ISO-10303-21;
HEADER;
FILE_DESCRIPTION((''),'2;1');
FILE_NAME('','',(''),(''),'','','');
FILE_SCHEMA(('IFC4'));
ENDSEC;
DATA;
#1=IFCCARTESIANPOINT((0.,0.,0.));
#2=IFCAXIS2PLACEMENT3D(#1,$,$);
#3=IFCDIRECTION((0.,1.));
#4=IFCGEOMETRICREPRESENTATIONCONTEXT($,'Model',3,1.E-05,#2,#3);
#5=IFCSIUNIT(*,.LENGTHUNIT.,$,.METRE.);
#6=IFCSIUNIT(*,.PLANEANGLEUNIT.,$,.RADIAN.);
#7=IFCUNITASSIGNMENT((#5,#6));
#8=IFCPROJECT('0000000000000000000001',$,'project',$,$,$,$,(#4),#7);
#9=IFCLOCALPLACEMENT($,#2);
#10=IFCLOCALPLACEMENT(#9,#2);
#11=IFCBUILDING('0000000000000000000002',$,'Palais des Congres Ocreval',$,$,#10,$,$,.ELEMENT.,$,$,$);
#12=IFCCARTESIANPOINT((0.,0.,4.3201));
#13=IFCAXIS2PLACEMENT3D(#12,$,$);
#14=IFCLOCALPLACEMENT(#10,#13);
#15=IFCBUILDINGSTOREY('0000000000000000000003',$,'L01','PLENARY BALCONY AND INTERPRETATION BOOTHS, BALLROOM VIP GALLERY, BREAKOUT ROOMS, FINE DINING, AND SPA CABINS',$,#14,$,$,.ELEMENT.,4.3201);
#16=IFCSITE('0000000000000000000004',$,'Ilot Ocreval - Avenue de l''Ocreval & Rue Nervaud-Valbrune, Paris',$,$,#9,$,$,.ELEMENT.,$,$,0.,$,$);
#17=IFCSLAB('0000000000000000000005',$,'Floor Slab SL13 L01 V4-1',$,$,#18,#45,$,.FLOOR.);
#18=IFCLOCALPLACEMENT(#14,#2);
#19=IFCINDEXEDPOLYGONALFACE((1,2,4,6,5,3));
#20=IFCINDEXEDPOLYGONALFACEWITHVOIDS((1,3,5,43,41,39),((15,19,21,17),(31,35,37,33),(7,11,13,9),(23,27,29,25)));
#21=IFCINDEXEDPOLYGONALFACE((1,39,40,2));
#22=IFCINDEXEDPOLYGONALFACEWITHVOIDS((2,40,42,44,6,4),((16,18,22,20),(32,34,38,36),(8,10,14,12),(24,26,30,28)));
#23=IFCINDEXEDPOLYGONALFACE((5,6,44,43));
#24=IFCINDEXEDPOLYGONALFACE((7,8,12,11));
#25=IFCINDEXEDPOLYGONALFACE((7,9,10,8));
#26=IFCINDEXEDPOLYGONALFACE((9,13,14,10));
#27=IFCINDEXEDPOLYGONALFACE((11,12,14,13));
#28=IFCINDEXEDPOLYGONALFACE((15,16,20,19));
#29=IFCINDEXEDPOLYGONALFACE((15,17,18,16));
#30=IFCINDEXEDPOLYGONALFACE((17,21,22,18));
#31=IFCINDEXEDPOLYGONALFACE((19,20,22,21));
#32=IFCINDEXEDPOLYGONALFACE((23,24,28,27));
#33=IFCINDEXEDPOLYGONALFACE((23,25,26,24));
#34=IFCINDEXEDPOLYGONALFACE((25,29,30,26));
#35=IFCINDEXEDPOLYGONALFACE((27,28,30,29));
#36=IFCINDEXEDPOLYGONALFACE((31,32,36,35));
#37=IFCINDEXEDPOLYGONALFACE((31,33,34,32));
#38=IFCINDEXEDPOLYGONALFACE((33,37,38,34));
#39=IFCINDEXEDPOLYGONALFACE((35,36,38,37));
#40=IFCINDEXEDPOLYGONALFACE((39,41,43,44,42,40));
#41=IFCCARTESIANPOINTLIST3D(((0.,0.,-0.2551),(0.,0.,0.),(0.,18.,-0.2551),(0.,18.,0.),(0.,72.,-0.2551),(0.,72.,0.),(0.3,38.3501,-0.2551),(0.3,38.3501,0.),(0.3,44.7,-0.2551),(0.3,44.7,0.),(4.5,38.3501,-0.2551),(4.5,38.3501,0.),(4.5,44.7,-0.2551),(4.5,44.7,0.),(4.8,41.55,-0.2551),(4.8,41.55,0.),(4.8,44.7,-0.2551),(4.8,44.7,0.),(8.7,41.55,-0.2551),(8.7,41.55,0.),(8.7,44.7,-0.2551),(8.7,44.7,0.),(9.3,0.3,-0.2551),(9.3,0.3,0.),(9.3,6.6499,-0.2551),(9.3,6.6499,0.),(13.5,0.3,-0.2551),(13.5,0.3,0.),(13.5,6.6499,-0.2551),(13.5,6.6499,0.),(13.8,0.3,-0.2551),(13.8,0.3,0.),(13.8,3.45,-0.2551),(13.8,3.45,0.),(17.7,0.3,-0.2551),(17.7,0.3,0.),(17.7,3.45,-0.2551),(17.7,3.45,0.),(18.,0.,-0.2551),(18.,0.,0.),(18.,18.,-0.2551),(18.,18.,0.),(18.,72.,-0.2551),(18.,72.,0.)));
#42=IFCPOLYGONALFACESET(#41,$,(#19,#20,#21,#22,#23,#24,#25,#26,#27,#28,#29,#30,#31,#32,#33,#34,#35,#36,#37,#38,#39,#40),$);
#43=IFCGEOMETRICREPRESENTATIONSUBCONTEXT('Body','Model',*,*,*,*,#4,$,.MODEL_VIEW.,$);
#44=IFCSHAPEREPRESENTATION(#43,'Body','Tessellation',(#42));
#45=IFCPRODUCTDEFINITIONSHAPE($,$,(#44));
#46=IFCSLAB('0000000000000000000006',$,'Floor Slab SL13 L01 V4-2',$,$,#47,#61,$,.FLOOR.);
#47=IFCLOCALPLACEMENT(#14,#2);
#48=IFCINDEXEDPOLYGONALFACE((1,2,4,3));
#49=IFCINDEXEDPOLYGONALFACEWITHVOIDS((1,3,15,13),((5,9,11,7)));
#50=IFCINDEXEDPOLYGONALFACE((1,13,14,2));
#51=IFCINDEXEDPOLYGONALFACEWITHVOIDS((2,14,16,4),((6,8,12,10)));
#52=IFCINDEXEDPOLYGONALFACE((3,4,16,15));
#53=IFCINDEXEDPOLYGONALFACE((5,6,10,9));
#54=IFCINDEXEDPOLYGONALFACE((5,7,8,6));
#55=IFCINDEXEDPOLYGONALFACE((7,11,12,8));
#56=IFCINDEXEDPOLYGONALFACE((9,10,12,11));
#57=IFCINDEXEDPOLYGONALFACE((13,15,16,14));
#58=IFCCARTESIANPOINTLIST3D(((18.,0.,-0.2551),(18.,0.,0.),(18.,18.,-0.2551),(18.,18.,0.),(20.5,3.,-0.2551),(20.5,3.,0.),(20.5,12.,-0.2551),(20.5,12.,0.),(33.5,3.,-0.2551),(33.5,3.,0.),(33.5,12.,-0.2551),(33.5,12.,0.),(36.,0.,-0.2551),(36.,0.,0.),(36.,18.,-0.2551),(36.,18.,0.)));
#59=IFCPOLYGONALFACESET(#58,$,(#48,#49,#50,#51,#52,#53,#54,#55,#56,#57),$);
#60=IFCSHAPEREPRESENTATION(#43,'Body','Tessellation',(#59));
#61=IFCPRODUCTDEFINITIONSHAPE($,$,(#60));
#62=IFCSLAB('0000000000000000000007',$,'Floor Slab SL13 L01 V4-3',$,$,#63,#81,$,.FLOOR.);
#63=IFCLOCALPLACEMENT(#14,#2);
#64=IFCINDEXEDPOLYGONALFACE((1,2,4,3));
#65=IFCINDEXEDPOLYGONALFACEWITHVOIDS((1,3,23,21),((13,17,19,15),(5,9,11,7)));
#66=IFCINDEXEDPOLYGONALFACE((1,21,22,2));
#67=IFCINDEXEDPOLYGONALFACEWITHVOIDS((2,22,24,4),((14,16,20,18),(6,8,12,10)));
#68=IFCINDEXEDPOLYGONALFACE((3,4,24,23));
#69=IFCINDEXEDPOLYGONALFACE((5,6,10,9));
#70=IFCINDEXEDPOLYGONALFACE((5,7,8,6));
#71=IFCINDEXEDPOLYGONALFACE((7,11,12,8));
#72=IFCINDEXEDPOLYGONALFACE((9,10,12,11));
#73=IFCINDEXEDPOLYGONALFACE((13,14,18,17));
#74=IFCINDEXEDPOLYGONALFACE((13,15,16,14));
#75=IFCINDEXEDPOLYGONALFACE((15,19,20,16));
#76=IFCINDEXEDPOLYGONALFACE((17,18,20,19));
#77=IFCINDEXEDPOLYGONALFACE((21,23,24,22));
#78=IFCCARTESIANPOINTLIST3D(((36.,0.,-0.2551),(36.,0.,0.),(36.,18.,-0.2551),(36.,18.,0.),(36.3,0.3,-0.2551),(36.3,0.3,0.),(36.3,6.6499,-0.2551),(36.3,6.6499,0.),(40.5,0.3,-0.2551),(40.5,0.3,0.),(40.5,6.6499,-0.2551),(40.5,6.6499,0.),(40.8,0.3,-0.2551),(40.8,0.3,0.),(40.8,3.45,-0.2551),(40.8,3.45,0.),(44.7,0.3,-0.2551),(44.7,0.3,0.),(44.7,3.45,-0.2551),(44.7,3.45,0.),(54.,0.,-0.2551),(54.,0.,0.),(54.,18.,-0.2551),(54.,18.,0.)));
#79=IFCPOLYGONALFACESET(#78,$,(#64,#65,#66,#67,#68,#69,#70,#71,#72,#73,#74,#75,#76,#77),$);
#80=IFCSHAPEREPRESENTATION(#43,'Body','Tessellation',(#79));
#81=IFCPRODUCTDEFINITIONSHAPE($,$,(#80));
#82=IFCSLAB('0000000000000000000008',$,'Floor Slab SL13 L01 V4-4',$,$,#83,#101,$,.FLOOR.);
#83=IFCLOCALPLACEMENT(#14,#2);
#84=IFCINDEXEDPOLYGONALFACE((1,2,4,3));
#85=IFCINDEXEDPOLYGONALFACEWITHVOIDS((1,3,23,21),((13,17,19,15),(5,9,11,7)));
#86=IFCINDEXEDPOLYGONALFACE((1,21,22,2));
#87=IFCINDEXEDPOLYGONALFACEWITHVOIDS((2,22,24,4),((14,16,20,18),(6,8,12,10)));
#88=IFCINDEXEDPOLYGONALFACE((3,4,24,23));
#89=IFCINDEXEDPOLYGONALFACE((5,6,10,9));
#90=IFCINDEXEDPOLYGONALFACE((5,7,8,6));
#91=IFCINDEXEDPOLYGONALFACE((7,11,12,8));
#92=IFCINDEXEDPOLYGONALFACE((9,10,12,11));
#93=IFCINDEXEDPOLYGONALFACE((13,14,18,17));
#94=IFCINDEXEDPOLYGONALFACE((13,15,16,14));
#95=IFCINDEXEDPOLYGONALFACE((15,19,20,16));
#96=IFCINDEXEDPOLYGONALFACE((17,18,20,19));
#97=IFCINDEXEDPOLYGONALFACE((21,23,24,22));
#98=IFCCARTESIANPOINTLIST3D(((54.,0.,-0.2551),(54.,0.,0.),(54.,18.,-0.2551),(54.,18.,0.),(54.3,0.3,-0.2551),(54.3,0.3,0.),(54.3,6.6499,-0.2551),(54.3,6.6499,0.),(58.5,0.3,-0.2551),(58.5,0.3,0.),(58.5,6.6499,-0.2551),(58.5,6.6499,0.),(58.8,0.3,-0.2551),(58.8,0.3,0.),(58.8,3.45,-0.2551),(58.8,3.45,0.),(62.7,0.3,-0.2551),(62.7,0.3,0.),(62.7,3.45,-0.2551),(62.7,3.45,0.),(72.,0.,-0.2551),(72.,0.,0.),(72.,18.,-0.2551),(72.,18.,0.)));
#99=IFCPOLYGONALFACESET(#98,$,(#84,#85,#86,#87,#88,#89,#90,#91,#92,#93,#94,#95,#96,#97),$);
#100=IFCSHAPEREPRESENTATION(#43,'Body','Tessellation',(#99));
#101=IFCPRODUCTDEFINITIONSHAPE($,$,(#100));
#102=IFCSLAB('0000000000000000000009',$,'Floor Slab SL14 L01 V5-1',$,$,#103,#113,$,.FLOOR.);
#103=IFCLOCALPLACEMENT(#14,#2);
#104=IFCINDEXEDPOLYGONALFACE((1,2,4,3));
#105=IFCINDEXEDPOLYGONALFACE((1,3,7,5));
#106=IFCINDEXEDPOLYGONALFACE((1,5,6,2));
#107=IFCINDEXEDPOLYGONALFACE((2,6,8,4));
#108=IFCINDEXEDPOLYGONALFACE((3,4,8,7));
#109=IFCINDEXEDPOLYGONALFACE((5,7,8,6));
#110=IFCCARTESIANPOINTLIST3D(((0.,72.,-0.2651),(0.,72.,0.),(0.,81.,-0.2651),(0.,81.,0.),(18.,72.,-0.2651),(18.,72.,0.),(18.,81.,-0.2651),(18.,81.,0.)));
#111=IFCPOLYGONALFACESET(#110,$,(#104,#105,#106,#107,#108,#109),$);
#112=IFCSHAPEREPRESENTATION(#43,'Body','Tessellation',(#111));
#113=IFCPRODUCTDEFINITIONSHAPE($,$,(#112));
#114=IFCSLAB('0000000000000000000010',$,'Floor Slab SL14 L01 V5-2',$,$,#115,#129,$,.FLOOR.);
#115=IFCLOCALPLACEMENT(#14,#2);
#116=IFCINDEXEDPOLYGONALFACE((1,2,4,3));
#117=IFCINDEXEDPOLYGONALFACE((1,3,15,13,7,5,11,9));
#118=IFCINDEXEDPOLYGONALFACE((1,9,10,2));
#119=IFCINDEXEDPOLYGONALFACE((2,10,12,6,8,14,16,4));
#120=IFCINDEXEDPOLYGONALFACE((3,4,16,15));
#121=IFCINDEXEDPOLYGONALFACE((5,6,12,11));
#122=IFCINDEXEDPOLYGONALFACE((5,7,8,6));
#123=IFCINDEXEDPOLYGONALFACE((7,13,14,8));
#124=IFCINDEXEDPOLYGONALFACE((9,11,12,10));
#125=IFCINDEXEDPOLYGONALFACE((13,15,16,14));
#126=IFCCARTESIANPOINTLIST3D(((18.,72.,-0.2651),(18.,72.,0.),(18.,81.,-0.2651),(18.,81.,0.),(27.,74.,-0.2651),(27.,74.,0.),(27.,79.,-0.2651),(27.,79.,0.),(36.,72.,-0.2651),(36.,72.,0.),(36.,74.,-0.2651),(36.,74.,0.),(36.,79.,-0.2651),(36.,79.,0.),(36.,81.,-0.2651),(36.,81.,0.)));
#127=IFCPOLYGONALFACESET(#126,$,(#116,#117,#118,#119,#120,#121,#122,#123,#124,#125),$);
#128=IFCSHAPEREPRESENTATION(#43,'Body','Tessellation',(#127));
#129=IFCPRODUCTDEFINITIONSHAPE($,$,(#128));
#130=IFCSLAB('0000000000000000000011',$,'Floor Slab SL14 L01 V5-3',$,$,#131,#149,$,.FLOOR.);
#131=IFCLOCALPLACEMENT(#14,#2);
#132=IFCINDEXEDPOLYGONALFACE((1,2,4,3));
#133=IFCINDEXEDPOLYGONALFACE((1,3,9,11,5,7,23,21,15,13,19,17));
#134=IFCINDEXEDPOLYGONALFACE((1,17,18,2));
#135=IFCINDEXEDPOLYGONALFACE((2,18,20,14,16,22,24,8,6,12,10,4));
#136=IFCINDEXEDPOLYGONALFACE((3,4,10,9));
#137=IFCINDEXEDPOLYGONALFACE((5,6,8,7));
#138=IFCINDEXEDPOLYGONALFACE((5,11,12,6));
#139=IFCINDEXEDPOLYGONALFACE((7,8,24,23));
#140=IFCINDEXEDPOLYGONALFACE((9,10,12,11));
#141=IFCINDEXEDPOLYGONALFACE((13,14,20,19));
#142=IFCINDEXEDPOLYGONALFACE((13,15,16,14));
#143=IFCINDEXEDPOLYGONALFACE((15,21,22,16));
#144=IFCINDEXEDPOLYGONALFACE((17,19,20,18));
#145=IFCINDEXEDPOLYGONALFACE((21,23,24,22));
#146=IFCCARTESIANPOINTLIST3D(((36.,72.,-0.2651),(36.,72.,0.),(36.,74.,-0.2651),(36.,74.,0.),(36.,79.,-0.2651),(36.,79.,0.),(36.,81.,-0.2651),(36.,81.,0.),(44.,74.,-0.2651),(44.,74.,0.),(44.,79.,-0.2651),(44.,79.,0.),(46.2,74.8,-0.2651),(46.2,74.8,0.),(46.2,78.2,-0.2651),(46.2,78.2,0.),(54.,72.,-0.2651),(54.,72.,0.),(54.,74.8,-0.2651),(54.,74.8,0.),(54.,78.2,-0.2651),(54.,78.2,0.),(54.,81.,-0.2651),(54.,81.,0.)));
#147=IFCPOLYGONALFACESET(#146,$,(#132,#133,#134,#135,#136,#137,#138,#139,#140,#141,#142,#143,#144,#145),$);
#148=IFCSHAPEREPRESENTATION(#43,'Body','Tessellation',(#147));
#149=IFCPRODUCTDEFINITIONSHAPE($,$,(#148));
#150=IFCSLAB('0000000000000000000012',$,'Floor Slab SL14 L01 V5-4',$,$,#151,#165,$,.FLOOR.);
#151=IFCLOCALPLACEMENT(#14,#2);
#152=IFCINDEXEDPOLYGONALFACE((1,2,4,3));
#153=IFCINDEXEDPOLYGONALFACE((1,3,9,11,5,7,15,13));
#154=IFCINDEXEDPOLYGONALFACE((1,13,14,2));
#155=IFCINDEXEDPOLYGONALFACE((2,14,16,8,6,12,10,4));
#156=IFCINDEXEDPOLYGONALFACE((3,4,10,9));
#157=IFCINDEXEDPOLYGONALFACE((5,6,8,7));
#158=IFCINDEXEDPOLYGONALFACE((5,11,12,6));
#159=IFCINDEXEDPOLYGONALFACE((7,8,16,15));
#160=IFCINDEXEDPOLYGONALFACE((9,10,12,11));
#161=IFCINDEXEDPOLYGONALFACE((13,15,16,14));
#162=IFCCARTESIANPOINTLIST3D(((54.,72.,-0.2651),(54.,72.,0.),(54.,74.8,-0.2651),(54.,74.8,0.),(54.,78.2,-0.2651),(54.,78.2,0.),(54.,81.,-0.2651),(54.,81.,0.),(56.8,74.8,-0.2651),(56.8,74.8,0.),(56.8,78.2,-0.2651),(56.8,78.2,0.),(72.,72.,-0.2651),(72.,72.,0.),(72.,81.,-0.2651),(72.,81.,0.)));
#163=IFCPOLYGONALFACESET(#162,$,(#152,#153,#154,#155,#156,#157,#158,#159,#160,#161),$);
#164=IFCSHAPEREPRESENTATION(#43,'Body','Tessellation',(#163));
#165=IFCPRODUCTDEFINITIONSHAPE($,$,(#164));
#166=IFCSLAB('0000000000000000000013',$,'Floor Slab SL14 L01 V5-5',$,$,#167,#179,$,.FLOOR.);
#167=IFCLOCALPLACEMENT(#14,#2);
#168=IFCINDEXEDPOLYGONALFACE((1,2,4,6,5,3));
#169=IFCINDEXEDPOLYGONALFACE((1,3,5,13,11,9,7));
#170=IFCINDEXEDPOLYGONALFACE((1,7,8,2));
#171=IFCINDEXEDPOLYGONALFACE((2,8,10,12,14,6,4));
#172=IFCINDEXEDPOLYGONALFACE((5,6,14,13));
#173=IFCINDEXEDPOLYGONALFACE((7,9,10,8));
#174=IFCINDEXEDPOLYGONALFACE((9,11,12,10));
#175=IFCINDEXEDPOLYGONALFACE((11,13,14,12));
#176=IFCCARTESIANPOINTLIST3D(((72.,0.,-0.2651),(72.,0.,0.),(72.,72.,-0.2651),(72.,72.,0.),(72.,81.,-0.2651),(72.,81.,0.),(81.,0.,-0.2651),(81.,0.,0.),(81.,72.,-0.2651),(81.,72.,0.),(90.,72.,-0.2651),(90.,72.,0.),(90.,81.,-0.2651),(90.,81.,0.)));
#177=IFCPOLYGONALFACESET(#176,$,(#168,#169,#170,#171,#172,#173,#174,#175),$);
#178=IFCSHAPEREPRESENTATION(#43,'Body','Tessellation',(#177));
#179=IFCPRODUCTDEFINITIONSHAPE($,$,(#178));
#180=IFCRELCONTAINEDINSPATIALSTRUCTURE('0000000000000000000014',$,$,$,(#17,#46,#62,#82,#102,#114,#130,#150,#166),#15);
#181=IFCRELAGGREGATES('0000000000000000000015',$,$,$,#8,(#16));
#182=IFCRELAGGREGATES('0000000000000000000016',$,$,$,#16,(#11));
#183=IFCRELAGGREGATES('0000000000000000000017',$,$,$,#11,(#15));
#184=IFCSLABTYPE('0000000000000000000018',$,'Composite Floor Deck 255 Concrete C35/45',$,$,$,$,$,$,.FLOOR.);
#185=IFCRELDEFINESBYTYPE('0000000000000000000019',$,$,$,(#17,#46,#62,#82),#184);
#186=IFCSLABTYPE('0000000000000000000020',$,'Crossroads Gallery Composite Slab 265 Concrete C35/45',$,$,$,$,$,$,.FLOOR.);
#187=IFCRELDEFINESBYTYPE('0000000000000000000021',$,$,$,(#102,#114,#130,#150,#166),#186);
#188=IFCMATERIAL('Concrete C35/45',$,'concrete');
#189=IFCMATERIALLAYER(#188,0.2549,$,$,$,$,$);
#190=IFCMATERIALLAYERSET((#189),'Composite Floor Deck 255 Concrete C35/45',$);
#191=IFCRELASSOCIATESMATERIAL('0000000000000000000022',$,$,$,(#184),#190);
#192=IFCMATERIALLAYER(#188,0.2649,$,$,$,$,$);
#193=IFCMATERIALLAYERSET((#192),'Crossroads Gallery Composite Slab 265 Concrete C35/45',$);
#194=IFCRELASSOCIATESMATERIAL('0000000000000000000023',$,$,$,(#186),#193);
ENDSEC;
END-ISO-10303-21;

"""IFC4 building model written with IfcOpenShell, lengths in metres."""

from ifc_helpers import new_model, si_unit, direction, frame, origin, place, context, subcontext, project, spatial, polyline, outline, extrude, material, layer, layer_set, type_object, element, save


model = new_model("IFC4")

# Units and contexts
model_context = context("Model", 3, precision=1e-05, world=origin(), true_north=direction((0.0, 1.0)))
body_context = subcontext(model_context, "Body", "Model", "MODEL_VIEW")
ifc_project = project(units=[si_unit("LENGTHUNIT", "METRE"), si_unit("PLANEANGLEUNIT", "RADIAN")], contexts=[model_context])

# Site, building, storey
site_placement = place(None, origin())
site = spatial("IfcSite", under=ifc_project, at=site_placement, Name="Ilot Ocreval - Avenue de l'Ocreval & Rue Nervaud-Valbrune, Paris", CompositionType="ELEMENT", RefElevation=0.0)
building_placement = place(site_placement, origin())
building = spatial("IfcBuilding", under=site, at=building_placement, Name="Palais des Congres Ocreval", CompositionType="ELEMENT")
storey_placement = place(building_placement, frame((0.0, 0.0, 4.3201)))
storey = spatial("IfcBuildingStorey", under=building, at=storey_placement, Name="L01", Description="PLENARY BALCONY AND INTERPRETATION BOOTHS, BALLROOM VIP GALLERY, BREAKOUT ROOMS, FINE DINING, AND SPA CABINS", CompositionType="ELEMENT", Elevation=4.3201)

# Slabs
ifc_material_1 = material(Name="Concrete C35/45", Category="concrete")
ifc_layer_1 = layer(ifc_material_1, 0.2549)
ifc_layer_set_1 = layer_set([ifc_layer_1], Name="Composite Floor Deck 255 Concrete C35/45")
slab_type_1 = type_object("IfcSlabType", Name="Composite Floor Deck 255 Concrete C35/45", PredefinedType="FLOOR", material=ifc_layer_set_1)
slab_1_placement = place(storey_placement, frame((0.0, 0.0, -0.2551)))
element("IfcSlab", 1, at=slab_1_placement, inside=storey, type_object=slab_type_1, Name="Floor Slab SL13 L01 V4-1", PredefinedType="FLOOR", context=body_context, shape_type="SweptSolid", body=[
    extrude(outline(polyline([(0.0, 0.0), (0.0, 18.0), (0.0, 72.0), (18.0, 72.0), (18.0, 18.0), (18.0, 0.0), (0.0, 0.0)]), holes=[polyline([(13.8, 3.45), (13.8, 0.3), (17.7, 0.3), (17.7, 3.45), (13.8, 3.45)]), polyline([(13.5, 6.6499), (9.3, 6.6499), (9.3, 0.3), (13.5, 0.3), (13.5, 6.6499)]), polyline([(4.5, 44.7), (0.3, 44.7), (0.3, 38.3501), (4.5, 38.3501), (4.5, 44.7)]), polyline([(4.8, 44.7), (4.8, 41.55), (8.7, 41.55), (8.7, 44.7), (4.8, 44.7)])]), origin(), (0.0, 0.0, 1.0), 0.2551),
])
slab_2_placement = place(storey_placement, frame((0.0, 0.0, -0.2551)))
element("IfcSlab", 2, at=slab_2_placement, inside=storey, type_object=slab_type_1, Name="Floor Slab SL13 L01 V4-2", PredefinedType="FLOOR", context=body_context, shape_type="SweptSolid", body=[
    extrude(outline(polyline([(18.0, 0.0), (18.0, 18.0), (36.0, 18.0), (36.0, 0.0), (18.0, 0.0)]), holes=[polyline([(33.5, 12.0), (20.5, 12.0), (20.5, 3.0), (33.5, 3.0), (33.5, 12.0)])]), origin(), (0.0, 0.0, 1.0), 0.2551),
])
slab_3_placement = place(storey_placement, frame((0.0, 0.0, -0.2551)))
element("IfcSlab", 3, at=slab_3_placement, inside=storey, type_object=slab_type_1, Name="Floor Slab SL13 L01 V4-3", PredefinedType="FLOOR", context=body_context, shape_type="SweptSolid", body=[
    extrude(outline(polyline([(36.0, 0.0), (36.0, 18.0), (54.0, 18.0), (54.0, 0.0), (36.0, 0.0)]), holes=[polyline([(44.7, 3.45), (40.8, 3.45), (40.8, 0.3), (44.7, 0.3), (44.7, 3.45)]), polyline([(36.3, 6.6499), (36.3, 0.3), (40.5, 0.3), (40.5, 6.6499), (36.3, 6.6499)])]), origin(), (0.0, 0.0, 1.0), 0.2551),
])
slab_4_placement = place(storey_placement, frame((0.0, 0.0, -0.2551)))
element("IfcSlab", 4, at=slab_4_placement, inside=storey, type_object=slab_type_1, Name="Floor Slab SL13 L01 V4-4", PredefinedType="FLOOR", context=body_context, shape_type="SweptSolid", body=[
    extrude(outline(polyline([(54.0, 0.0), (54.0, 18.0), (72.0, 18.0), (72.0, 0.0), (54.0, 0.0)]), holes=[polyline([(58.8, 3.45), (58.8, 0.3), (62.7, 0.3), (62.7, 3.45), (58.8, 3.45)]), polyline([(58.5, 6.6499), (54.3, 6.6499), (54.3, 0.3), (58.5, 0.3), (58.5, 6.6499)])]), origin(), (0.0, 0.0, 1.0), 0.2551),
])
ifc_layer_2 = layer(ifc_material_1, 0.2649)
ifc_layer_set_2 = layer_set([ifc_layer_2], Name="Crossroads Gallery Composite Slab 265 Concrete C35/45")
slab_type_2 = type_object("IfcSlabType", Name="Crossroads Gallery Composite Slab 265 Concrete C35/45", PredefinedType="FLOOR", material=ifc_layer_set_2)
slab_5_placement = place(storey_placement, frame((0.0, 0.0, -0.2651)))
element("IfcSlab", 5, at=slab_5_placement, inside=storey, type_object=slab_type_2, Name="Floor Slab SL14 L01 V5-1", PredefinedType="FLOOR", context=body_context, shape_type="SweptSolid", body=[
    extrude(outline(polyline([(0.0, 81.0), (18.0, 81.0), (18.0, 72.0), (0.0, 72.0), (0.0, 81.0)])), origin(), (0.0, 0.0, 1.0), 0.2651),
])
slab_6_placement = place(storey_placement, frame((0.0, 0.0, -0.2651)))
element("IfcSlab", 6, at=slab_6_placement, inside=storey, type_object=slab_type_2, Name="Floor Slab SL14 L01 V5-2", PredefinedType="FLOOR", context=body_context, shape_type="SweptSolid", body=[
    extrude(outline(polyline([(36.0, 81.0), (36.0, 79.0), (27.0, 79.0), (27.0, 74.0), (36.0, 74.0), (36.0, 72.0), (18.0, 72.0), (18.0, 81.0), (36.0, 81.0)])), origin(), (0.0, 0.0, 1.0), 0.2651),
])
slab_7_placement = place(storey_placement, frame((0.0, 0.0, -0.2651)))
element("IfcSlab", 7, at=slab_7_placement, inside=storey, type_object=slab_type_2, Name="Floor Slab SL14 L01 V5-3", PredefinedType="FLOOR", context=body_context, shape_type="SweptSolid", body=[
    extrude(outline(polyline([(54.0, 81.0), (54.0, 78.2), (46.2, 78.2), (46.2, 74.8), (54.0, 74.8), (54.0, 72.0), (36.0, 72.0), (36.0, 74.0), (44.0, 74.0), (44.0, 79.0), (36.0, 79.0), (36.0, 81.0), (54.0, 81.0)])), origin(), (0.0, 0.0, 1.0), 0.2651),
])
slab_8_placement = place(storey_placement, frame((0.0, 0.0, -0.2651)))
element("IfcSlab", 8, at=slab_8_placement, inside=storey, type_object=slab_type_2, Name="Floor Slab SL14 L01 V5-4", PredefinedType="FLOOR", context=body_context, shape_type="SweptSolid", body=[
    extrude(outline(polyline([(72.0, 81.0), (72.0, 72.0), (54.0, 72.0), (54.0, 74.8), (56.8, 74.8), (56.8, 78.2), (54.0, 78.2), (54.0, 81.0), (72.0, 81.0)])), origin(), (0.0, 0.0, 1.0), 0.2651),
])
slab_9_placement = place(storey_placement, frame((0.0, 0.0, -0.2651)))
element("IfcSlab", 9, at=slab_9_placement, inside=storey, type_object=slab_type_2, Name="Floor Slab SL14 L01 V5-5", PredefinedType="FLOOR", context=body_context, shape_type="SweptSolid", body=[
    extrude(outline(polyline([(90.0, 81.0), (90.0, 72.0), (81.0, 72.0), (81.0, 0.0), (72.0, 0.0), (72.0, 72.0), (72.0, 81.0), (90.0, 81.0)])), origin(), (0.0, 0.0, 1.0), 0.2651),
])

save(model, "model.ifc")
